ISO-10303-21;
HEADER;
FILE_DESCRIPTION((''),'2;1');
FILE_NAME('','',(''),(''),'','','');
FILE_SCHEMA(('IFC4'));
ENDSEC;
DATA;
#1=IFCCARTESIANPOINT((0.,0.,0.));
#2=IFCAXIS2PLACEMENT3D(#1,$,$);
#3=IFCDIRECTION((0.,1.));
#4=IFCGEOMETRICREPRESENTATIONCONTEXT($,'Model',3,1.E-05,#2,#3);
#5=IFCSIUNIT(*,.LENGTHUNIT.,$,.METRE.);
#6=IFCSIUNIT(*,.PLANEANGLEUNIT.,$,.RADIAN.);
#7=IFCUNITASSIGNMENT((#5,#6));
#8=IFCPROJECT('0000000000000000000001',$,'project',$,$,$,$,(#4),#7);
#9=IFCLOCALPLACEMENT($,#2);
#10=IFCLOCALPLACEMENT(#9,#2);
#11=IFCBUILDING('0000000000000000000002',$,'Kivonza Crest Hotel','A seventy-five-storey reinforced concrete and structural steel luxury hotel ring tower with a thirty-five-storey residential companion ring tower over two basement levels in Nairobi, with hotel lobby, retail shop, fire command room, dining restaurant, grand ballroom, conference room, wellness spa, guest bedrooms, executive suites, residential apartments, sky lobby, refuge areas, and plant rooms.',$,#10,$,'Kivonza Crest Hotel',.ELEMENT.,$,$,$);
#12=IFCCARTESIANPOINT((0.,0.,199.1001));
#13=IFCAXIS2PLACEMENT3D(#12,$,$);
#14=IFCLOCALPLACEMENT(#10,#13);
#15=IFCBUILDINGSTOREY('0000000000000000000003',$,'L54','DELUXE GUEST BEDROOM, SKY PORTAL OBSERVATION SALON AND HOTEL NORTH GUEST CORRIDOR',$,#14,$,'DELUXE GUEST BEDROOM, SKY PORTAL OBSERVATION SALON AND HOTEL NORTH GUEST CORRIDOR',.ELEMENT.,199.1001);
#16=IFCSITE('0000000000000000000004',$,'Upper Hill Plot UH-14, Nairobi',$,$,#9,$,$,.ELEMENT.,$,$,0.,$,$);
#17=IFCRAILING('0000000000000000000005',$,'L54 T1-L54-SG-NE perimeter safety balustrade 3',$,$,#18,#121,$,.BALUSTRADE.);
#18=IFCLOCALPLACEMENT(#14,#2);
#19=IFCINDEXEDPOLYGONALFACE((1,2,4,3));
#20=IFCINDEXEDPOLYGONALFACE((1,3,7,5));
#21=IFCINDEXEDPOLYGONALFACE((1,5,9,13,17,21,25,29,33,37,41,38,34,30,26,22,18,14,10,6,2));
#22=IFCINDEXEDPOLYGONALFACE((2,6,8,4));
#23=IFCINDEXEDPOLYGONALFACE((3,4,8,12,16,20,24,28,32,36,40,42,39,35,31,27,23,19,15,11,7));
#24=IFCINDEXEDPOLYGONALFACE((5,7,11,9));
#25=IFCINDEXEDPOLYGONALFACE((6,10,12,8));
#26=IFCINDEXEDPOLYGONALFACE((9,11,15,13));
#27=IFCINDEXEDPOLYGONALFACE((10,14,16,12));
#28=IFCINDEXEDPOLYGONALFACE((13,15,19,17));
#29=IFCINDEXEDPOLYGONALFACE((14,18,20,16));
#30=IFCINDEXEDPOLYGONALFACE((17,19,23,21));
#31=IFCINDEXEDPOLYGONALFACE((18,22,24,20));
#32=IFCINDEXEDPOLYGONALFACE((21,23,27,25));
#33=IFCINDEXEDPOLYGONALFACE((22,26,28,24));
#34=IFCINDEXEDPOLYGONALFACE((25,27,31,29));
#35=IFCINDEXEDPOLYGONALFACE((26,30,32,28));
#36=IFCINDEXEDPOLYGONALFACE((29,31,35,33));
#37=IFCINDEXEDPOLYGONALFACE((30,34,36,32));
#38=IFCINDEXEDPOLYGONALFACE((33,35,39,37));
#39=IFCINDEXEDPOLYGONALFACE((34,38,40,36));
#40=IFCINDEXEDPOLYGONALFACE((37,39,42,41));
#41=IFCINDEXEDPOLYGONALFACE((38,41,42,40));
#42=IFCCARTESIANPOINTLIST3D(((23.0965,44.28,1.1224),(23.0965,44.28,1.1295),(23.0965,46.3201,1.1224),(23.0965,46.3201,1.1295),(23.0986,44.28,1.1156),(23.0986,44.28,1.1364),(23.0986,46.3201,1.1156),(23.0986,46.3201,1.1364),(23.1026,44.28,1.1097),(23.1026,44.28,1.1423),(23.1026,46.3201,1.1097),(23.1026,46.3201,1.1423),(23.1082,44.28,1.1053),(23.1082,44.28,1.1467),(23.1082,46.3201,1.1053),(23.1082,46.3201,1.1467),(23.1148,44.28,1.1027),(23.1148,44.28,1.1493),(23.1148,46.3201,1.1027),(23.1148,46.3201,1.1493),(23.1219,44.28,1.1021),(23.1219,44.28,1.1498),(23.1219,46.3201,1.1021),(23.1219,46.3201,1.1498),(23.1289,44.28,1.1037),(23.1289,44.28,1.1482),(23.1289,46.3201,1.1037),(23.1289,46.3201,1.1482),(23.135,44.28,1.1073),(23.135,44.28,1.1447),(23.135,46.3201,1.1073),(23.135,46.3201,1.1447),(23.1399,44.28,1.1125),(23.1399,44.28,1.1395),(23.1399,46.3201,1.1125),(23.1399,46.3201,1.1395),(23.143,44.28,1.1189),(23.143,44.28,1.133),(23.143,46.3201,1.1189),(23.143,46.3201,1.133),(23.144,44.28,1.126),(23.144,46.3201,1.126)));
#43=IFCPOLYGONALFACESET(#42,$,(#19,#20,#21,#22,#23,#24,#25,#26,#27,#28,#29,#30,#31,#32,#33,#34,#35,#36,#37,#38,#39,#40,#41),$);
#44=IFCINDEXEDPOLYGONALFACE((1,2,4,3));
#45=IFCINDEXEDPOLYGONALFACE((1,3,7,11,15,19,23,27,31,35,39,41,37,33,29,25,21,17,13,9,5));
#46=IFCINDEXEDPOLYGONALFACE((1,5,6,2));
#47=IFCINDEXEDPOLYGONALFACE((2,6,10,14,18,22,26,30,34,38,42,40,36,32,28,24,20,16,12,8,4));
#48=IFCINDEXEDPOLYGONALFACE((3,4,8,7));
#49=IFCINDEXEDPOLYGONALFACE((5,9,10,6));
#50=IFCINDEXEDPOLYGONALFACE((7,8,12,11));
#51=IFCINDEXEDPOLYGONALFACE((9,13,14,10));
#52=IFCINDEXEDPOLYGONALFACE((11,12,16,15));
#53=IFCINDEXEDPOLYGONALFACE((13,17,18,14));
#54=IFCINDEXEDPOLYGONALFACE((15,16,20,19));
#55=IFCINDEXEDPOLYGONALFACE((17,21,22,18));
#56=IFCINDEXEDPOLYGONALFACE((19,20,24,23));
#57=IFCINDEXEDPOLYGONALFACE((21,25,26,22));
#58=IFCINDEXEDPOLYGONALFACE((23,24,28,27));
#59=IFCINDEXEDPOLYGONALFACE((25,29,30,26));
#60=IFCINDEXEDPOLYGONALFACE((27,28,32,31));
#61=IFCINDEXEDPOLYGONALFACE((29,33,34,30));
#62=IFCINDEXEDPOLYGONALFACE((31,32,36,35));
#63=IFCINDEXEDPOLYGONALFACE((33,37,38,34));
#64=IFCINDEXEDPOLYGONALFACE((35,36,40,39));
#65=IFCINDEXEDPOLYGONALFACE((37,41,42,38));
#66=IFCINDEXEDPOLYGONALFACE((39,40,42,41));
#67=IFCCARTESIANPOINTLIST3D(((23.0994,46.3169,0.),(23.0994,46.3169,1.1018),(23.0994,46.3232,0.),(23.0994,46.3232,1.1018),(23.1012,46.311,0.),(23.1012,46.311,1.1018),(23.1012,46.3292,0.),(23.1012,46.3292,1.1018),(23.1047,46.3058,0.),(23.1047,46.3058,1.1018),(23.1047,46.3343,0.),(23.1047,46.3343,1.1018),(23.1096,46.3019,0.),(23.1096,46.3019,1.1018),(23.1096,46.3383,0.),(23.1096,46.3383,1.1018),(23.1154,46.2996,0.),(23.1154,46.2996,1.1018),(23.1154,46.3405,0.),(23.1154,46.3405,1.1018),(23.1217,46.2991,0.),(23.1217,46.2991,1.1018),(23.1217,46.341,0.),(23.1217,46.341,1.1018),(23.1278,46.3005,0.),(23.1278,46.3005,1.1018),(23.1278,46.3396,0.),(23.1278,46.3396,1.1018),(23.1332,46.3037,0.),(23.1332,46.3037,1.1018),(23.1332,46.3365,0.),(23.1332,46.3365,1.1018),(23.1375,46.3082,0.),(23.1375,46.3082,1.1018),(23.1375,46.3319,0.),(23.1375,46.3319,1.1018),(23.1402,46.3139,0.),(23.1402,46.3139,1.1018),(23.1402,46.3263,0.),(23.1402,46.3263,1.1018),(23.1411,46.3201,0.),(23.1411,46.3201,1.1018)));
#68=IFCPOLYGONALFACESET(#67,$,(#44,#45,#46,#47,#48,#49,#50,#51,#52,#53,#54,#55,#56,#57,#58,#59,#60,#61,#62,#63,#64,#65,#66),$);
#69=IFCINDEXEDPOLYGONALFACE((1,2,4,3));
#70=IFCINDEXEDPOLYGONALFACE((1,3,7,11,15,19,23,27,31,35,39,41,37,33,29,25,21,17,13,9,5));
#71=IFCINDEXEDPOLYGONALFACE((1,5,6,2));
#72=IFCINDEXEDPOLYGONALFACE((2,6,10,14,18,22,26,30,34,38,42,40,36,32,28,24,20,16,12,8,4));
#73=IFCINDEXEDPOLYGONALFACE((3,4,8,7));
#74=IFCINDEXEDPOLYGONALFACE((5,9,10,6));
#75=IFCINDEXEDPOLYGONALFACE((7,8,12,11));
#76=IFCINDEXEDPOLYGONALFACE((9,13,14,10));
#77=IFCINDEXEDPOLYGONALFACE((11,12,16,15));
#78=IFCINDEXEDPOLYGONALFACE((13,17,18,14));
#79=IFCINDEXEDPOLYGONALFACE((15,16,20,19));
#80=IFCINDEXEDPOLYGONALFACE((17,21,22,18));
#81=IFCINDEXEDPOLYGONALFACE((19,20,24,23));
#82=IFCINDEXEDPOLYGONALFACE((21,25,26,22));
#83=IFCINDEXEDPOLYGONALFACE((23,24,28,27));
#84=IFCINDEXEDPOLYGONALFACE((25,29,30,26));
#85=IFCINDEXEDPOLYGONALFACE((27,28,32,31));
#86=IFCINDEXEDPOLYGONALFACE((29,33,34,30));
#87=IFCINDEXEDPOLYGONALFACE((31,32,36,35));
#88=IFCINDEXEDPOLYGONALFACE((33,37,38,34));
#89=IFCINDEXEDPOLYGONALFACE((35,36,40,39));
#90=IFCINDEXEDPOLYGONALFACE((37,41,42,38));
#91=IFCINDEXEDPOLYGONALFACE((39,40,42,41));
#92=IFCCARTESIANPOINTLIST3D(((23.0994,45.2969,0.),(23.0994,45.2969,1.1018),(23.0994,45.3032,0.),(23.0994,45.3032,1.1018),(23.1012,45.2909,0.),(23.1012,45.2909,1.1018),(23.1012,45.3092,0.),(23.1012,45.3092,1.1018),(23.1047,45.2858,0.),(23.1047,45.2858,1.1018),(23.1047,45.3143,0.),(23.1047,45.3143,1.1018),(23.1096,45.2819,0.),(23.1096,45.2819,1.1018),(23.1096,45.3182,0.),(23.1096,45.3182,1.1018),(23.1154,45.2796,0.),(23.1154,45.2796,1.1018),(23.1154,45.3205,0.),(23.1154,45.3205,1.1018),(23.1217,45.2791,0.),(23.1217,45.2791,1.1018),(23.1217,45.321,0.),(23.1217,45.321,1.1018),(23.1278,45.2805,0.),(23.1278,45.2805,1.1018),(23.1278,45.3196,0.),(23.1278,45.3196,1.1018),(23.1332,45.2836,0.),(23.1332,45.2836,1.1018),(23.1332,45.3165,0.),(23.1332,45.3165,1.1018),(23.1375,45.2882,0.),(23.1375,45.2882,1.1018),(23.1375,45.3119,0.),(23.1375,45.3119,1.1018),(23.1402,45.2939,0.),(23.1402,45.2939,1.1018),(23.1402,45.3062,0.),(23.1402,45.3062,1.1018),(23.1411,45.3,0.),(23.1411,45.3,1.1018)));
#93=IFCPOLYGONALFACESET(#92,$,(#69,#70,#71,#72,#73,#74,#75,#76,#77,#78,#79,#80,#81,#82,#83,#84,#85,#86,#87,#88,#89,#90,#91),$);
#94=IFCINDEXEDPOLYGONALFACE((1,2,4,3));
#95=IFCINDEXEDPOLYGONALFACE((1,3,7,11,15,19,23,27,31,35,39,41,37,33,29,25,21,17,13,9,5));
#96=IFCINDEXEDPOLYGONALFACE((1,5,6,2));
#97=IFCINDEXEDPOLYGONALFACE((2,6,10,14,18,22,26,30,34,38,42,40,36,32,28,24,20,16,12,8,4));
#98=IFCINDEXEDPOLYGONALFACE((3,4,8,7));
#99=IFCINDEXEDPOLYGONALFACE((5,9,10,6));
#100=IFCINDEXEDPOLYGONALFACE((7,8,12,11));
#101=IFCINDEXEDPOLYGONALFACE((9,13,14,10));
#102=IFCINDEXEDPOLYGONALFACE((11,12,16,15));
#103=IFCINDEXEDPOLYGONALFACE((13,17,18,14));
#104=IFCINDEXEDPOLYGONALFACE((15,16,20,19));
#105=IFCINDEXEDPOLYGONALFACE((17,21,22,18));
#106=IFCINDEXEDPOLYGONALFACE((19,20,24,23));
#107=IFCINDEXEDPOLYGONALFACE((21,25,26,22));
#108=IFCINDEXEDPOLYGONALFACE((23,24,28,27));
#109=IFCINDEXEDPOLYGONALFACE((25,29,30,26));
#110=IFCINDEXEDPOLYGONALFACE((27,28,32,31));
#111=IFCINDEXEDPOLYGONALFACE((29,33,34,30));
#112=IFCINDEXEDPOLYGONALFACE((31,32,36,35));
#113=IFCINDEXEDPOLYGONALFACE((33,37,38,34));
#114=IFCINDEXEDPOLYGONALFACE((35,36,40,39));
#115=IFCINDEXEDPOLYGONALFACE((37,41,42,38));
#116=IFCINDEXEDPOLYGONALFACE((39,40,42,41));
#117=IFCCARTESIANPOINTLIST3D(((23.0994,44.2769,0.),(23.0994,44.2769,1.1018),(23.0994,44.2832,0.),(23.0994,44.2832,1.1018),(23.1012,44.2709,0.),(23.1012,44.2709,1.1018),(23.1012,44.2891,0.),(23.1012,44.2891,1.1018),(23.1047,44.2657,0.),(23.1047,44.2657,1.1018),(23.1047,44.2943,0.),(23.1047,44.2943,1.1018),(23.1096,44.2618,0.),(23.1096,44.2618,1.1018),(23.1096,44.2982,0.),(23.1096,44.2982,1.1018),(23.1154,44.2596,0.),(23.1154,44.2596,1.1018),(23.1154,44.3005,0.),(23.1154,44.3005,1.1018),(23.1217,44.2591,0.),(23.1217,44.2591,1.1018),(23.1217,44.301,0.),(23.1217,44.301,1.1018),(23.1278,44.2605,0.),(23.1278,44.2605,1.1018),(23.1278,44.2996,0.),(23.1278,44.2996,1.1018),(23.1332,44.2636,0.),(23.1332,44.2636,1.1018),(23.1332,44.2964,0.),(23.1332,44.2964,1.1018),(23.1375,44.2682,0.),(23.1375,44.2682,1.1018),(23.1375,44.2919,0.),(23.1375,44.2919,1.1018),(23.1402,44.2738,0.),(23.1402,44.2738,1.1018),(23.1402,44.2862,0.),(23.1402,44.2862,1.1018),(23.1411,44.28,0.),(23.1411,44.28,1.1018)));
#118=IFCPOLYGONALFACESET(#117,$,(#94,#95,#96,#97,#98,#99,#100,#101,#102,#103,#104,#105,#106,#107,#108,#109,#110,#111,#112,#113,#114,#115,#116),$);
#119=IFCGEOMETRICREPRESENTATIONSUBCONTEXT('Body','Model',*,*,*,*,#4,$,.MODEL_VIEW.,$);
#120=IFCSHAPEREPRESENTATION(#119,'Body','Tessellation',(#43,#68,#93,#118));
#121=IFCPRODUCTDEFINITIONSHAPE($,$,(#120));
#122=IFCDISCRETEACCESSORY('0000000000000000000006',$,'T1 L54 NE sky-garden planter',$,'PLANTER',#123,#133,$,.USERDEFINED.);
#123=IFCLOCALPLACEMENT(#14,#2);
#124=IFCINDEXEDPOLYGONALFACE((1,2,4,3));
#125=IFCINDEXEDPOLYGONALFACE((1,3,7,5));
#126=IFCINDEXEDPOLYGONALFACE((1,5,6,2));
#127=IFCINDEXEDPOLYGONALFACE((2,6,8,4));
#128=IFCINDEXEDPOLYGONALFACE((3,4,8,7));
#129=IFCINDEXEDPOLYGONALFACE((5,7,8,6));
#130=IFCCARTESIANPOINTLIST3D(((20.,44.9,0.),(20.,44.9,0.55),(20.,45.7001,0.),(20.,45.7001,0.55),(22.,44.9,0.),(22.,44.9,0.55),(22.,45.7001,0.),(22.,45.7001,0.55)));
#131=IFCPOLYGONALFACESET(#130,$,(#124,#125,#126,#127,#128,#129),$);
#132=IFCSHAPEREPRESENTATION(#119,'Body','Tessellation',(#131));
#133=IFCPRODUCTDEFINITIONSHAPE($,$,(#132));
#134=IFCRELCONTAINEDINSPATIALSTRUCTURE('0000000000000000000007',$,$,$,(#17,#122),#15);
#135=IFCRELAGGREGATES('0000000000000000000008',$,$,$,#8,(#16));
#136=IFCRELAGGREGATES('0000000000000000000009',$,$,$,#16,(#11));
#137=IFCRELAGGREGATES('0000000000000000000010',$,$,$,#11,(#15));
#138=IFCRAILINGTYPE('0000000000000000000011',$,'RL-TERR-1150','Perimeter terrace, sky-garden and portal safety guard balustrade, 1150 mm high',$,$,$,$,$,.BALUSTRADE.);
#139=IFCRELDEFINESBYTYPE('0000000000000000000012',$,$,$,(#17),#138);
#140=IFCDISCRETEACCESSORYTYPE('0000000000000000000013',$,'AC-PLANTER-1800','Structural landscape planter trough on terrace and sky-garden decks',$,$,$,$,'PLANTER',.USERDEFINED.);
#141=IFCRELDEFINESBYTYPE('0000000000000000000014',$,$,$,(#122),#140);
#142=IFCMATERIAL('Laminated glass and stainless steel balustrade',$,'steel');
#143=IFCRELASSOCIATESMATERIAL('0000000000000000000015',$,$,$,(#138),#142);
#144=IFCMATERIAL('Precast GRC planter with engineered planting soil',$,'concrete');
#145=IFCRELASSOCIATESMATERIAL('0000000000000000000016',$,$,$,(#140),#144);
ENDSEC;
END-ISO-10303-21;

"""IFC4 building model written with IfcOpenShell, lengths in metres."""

from ifc_helpers import new_model, si_unit, direction, frame, origin, origin_2d, place, context, subcontext, project, spatial, rectangle, circle, extrude, material, type_object, element, save


model = new_model("IFC4")

# Units and contexts
model_context = context("Model", 3, precision=1e-05, world=origin(), true_north=direction((0.0, 1.0)))
body_context = subcontext(model_context, "Body", "Model", "MODEL_VIEW")
ifc_project = project(units=[si_unit("LENGTHUNIT", "METRE"), si_unit("PLANEANGLEUNIT", "RADIAN")], contexts=[model_context])

# Site, building, storey
site_placement = place(None, origin())
site = spatial("IfcSite", under=ifc_project, at=site_placement, Name="Upper Hill Plot UH-14, Nairobi", CompositionType="ELEMENT", RefElevation=0.0)
building_placement = place(site_placement, origin())
building = spatial("IfcBuilding", under=site, at=building_placement, Name="Kivonza Crest Hotel", Description="A seventy-five-storey reinforced concrete and structural steel luxury hotel ring tower with a thirty-five-storey residential companion ring tower over two basement levels in Nairobi, with hotel lobby, retail shop, fire command room, dining restaurant, grand ballroom, conference room, wellness spa, guest bedrooms, executive suites, residential apartments, sky lobby, refuge areas, and plant rooms.", LongName="Kivonza Crest Hotel", CompositionType="ELEMENT")
storey_placement = place(building_placement, frame((0.0, 0.0, 199.1001)))
storey = spatial("IfcBuildingStorey", under=building, at=storey_placement, Name="L54", Description="DELUXE GUEST BEDROOM, SKY PORTAL OBSERVATION SALON AND HOTEL NORTH GUEST CORRIDOR", LongName="DELUXE GUEST BEDROOM, SKY PORTAL OBSERVATION SALON AND HOTEL NORTH GUEST CORRIDOR", CompositionType="ELEMENT", Elevation=199.1001)

# Railing
ifc_material_1 = material(Name="Laminated glass and stainless steel balustrade", Category="steel")
railing_type = type_object("IfcRailingType", Name="RL-TERR-1150", Description="Perimeter terrace, sky-garden and portal safety guard balustrade, 1150 mm high", PredefinedType="BALUSTRADE", material=ifc_material_1)
railing_placement = place(storey_placement, frame((23.1201, 46.3201, 0.0)))
element("IfcRailing", 1, at=railing_placement, inside=storey, type_object=railing_type, Name="L54 T1-L54-SG-NE perimeter safety balustrade 3", PredefinedType="BALUSTRADE", context=body_context, shape_type="SweptSolid", body=[
    extrude(circle(Radius=0.0239, at=origin_2d()), frame((0.0, 0.0, 1.126), z_axis=(0.0, -1.0, 0.0), x_axis=(1.0, 0.0, 0.0)), (0.0, 0.0, 1.0), 2.04),
    extrude(circle(Radius=0.021, at=origin_2d()), origin(), (0.0, 0.0, 1.0), 1.1018),
    extrude(circle(Radius=0.021, at=origin_2d()), frame((0.0, -1.02, 0.0)), (0.0, 0.0, 1.0), 1.1018),
    extrude(circle(Radius=0.021, at=origin_2d()), frame((0.0, -2.04, 0.0)), (0.0, 0.0, 1.0), 1.1018),
])

# Discrete accessory
ifc_material_2 = material(Name="Precast GRC planter with engineered planting soil", Category="concrete")
discrete_accessory_type = type_object("IfcDiscreteAccessoryType", Name="AC-PLANTER-1800", Description="Structural landscape planter trough on terrace and sky-garden decks", ElementType="PLANTER", PredefinedType="USERDEFINED", material=ifc_material_2)
discrete_accessory_placement = place(storey_placement, frame((21.0, 45.3, 0.0), z_axis=(0.0, 0.0, 1.0), x_axis=(1.0, 0.0, 0.0)))
element("IfcDiscreteAccessory", 2, at=discrete_accessory_placement, inside=storey, type_object=discrete_accessory_type, Name="T1 L54 NE sky-garden planter", ObjectType="PLANTER", PredefinedType="USERDEFINED", context=body_context, shape_type="SweptSolid", body=[
    extrude(rectangle(XDim=2.0, YDim=0.8, at=origin_2d()), origin(), (0.0, 0.0, 1.0), 0.55),
])

save(model, "model.ifc")
